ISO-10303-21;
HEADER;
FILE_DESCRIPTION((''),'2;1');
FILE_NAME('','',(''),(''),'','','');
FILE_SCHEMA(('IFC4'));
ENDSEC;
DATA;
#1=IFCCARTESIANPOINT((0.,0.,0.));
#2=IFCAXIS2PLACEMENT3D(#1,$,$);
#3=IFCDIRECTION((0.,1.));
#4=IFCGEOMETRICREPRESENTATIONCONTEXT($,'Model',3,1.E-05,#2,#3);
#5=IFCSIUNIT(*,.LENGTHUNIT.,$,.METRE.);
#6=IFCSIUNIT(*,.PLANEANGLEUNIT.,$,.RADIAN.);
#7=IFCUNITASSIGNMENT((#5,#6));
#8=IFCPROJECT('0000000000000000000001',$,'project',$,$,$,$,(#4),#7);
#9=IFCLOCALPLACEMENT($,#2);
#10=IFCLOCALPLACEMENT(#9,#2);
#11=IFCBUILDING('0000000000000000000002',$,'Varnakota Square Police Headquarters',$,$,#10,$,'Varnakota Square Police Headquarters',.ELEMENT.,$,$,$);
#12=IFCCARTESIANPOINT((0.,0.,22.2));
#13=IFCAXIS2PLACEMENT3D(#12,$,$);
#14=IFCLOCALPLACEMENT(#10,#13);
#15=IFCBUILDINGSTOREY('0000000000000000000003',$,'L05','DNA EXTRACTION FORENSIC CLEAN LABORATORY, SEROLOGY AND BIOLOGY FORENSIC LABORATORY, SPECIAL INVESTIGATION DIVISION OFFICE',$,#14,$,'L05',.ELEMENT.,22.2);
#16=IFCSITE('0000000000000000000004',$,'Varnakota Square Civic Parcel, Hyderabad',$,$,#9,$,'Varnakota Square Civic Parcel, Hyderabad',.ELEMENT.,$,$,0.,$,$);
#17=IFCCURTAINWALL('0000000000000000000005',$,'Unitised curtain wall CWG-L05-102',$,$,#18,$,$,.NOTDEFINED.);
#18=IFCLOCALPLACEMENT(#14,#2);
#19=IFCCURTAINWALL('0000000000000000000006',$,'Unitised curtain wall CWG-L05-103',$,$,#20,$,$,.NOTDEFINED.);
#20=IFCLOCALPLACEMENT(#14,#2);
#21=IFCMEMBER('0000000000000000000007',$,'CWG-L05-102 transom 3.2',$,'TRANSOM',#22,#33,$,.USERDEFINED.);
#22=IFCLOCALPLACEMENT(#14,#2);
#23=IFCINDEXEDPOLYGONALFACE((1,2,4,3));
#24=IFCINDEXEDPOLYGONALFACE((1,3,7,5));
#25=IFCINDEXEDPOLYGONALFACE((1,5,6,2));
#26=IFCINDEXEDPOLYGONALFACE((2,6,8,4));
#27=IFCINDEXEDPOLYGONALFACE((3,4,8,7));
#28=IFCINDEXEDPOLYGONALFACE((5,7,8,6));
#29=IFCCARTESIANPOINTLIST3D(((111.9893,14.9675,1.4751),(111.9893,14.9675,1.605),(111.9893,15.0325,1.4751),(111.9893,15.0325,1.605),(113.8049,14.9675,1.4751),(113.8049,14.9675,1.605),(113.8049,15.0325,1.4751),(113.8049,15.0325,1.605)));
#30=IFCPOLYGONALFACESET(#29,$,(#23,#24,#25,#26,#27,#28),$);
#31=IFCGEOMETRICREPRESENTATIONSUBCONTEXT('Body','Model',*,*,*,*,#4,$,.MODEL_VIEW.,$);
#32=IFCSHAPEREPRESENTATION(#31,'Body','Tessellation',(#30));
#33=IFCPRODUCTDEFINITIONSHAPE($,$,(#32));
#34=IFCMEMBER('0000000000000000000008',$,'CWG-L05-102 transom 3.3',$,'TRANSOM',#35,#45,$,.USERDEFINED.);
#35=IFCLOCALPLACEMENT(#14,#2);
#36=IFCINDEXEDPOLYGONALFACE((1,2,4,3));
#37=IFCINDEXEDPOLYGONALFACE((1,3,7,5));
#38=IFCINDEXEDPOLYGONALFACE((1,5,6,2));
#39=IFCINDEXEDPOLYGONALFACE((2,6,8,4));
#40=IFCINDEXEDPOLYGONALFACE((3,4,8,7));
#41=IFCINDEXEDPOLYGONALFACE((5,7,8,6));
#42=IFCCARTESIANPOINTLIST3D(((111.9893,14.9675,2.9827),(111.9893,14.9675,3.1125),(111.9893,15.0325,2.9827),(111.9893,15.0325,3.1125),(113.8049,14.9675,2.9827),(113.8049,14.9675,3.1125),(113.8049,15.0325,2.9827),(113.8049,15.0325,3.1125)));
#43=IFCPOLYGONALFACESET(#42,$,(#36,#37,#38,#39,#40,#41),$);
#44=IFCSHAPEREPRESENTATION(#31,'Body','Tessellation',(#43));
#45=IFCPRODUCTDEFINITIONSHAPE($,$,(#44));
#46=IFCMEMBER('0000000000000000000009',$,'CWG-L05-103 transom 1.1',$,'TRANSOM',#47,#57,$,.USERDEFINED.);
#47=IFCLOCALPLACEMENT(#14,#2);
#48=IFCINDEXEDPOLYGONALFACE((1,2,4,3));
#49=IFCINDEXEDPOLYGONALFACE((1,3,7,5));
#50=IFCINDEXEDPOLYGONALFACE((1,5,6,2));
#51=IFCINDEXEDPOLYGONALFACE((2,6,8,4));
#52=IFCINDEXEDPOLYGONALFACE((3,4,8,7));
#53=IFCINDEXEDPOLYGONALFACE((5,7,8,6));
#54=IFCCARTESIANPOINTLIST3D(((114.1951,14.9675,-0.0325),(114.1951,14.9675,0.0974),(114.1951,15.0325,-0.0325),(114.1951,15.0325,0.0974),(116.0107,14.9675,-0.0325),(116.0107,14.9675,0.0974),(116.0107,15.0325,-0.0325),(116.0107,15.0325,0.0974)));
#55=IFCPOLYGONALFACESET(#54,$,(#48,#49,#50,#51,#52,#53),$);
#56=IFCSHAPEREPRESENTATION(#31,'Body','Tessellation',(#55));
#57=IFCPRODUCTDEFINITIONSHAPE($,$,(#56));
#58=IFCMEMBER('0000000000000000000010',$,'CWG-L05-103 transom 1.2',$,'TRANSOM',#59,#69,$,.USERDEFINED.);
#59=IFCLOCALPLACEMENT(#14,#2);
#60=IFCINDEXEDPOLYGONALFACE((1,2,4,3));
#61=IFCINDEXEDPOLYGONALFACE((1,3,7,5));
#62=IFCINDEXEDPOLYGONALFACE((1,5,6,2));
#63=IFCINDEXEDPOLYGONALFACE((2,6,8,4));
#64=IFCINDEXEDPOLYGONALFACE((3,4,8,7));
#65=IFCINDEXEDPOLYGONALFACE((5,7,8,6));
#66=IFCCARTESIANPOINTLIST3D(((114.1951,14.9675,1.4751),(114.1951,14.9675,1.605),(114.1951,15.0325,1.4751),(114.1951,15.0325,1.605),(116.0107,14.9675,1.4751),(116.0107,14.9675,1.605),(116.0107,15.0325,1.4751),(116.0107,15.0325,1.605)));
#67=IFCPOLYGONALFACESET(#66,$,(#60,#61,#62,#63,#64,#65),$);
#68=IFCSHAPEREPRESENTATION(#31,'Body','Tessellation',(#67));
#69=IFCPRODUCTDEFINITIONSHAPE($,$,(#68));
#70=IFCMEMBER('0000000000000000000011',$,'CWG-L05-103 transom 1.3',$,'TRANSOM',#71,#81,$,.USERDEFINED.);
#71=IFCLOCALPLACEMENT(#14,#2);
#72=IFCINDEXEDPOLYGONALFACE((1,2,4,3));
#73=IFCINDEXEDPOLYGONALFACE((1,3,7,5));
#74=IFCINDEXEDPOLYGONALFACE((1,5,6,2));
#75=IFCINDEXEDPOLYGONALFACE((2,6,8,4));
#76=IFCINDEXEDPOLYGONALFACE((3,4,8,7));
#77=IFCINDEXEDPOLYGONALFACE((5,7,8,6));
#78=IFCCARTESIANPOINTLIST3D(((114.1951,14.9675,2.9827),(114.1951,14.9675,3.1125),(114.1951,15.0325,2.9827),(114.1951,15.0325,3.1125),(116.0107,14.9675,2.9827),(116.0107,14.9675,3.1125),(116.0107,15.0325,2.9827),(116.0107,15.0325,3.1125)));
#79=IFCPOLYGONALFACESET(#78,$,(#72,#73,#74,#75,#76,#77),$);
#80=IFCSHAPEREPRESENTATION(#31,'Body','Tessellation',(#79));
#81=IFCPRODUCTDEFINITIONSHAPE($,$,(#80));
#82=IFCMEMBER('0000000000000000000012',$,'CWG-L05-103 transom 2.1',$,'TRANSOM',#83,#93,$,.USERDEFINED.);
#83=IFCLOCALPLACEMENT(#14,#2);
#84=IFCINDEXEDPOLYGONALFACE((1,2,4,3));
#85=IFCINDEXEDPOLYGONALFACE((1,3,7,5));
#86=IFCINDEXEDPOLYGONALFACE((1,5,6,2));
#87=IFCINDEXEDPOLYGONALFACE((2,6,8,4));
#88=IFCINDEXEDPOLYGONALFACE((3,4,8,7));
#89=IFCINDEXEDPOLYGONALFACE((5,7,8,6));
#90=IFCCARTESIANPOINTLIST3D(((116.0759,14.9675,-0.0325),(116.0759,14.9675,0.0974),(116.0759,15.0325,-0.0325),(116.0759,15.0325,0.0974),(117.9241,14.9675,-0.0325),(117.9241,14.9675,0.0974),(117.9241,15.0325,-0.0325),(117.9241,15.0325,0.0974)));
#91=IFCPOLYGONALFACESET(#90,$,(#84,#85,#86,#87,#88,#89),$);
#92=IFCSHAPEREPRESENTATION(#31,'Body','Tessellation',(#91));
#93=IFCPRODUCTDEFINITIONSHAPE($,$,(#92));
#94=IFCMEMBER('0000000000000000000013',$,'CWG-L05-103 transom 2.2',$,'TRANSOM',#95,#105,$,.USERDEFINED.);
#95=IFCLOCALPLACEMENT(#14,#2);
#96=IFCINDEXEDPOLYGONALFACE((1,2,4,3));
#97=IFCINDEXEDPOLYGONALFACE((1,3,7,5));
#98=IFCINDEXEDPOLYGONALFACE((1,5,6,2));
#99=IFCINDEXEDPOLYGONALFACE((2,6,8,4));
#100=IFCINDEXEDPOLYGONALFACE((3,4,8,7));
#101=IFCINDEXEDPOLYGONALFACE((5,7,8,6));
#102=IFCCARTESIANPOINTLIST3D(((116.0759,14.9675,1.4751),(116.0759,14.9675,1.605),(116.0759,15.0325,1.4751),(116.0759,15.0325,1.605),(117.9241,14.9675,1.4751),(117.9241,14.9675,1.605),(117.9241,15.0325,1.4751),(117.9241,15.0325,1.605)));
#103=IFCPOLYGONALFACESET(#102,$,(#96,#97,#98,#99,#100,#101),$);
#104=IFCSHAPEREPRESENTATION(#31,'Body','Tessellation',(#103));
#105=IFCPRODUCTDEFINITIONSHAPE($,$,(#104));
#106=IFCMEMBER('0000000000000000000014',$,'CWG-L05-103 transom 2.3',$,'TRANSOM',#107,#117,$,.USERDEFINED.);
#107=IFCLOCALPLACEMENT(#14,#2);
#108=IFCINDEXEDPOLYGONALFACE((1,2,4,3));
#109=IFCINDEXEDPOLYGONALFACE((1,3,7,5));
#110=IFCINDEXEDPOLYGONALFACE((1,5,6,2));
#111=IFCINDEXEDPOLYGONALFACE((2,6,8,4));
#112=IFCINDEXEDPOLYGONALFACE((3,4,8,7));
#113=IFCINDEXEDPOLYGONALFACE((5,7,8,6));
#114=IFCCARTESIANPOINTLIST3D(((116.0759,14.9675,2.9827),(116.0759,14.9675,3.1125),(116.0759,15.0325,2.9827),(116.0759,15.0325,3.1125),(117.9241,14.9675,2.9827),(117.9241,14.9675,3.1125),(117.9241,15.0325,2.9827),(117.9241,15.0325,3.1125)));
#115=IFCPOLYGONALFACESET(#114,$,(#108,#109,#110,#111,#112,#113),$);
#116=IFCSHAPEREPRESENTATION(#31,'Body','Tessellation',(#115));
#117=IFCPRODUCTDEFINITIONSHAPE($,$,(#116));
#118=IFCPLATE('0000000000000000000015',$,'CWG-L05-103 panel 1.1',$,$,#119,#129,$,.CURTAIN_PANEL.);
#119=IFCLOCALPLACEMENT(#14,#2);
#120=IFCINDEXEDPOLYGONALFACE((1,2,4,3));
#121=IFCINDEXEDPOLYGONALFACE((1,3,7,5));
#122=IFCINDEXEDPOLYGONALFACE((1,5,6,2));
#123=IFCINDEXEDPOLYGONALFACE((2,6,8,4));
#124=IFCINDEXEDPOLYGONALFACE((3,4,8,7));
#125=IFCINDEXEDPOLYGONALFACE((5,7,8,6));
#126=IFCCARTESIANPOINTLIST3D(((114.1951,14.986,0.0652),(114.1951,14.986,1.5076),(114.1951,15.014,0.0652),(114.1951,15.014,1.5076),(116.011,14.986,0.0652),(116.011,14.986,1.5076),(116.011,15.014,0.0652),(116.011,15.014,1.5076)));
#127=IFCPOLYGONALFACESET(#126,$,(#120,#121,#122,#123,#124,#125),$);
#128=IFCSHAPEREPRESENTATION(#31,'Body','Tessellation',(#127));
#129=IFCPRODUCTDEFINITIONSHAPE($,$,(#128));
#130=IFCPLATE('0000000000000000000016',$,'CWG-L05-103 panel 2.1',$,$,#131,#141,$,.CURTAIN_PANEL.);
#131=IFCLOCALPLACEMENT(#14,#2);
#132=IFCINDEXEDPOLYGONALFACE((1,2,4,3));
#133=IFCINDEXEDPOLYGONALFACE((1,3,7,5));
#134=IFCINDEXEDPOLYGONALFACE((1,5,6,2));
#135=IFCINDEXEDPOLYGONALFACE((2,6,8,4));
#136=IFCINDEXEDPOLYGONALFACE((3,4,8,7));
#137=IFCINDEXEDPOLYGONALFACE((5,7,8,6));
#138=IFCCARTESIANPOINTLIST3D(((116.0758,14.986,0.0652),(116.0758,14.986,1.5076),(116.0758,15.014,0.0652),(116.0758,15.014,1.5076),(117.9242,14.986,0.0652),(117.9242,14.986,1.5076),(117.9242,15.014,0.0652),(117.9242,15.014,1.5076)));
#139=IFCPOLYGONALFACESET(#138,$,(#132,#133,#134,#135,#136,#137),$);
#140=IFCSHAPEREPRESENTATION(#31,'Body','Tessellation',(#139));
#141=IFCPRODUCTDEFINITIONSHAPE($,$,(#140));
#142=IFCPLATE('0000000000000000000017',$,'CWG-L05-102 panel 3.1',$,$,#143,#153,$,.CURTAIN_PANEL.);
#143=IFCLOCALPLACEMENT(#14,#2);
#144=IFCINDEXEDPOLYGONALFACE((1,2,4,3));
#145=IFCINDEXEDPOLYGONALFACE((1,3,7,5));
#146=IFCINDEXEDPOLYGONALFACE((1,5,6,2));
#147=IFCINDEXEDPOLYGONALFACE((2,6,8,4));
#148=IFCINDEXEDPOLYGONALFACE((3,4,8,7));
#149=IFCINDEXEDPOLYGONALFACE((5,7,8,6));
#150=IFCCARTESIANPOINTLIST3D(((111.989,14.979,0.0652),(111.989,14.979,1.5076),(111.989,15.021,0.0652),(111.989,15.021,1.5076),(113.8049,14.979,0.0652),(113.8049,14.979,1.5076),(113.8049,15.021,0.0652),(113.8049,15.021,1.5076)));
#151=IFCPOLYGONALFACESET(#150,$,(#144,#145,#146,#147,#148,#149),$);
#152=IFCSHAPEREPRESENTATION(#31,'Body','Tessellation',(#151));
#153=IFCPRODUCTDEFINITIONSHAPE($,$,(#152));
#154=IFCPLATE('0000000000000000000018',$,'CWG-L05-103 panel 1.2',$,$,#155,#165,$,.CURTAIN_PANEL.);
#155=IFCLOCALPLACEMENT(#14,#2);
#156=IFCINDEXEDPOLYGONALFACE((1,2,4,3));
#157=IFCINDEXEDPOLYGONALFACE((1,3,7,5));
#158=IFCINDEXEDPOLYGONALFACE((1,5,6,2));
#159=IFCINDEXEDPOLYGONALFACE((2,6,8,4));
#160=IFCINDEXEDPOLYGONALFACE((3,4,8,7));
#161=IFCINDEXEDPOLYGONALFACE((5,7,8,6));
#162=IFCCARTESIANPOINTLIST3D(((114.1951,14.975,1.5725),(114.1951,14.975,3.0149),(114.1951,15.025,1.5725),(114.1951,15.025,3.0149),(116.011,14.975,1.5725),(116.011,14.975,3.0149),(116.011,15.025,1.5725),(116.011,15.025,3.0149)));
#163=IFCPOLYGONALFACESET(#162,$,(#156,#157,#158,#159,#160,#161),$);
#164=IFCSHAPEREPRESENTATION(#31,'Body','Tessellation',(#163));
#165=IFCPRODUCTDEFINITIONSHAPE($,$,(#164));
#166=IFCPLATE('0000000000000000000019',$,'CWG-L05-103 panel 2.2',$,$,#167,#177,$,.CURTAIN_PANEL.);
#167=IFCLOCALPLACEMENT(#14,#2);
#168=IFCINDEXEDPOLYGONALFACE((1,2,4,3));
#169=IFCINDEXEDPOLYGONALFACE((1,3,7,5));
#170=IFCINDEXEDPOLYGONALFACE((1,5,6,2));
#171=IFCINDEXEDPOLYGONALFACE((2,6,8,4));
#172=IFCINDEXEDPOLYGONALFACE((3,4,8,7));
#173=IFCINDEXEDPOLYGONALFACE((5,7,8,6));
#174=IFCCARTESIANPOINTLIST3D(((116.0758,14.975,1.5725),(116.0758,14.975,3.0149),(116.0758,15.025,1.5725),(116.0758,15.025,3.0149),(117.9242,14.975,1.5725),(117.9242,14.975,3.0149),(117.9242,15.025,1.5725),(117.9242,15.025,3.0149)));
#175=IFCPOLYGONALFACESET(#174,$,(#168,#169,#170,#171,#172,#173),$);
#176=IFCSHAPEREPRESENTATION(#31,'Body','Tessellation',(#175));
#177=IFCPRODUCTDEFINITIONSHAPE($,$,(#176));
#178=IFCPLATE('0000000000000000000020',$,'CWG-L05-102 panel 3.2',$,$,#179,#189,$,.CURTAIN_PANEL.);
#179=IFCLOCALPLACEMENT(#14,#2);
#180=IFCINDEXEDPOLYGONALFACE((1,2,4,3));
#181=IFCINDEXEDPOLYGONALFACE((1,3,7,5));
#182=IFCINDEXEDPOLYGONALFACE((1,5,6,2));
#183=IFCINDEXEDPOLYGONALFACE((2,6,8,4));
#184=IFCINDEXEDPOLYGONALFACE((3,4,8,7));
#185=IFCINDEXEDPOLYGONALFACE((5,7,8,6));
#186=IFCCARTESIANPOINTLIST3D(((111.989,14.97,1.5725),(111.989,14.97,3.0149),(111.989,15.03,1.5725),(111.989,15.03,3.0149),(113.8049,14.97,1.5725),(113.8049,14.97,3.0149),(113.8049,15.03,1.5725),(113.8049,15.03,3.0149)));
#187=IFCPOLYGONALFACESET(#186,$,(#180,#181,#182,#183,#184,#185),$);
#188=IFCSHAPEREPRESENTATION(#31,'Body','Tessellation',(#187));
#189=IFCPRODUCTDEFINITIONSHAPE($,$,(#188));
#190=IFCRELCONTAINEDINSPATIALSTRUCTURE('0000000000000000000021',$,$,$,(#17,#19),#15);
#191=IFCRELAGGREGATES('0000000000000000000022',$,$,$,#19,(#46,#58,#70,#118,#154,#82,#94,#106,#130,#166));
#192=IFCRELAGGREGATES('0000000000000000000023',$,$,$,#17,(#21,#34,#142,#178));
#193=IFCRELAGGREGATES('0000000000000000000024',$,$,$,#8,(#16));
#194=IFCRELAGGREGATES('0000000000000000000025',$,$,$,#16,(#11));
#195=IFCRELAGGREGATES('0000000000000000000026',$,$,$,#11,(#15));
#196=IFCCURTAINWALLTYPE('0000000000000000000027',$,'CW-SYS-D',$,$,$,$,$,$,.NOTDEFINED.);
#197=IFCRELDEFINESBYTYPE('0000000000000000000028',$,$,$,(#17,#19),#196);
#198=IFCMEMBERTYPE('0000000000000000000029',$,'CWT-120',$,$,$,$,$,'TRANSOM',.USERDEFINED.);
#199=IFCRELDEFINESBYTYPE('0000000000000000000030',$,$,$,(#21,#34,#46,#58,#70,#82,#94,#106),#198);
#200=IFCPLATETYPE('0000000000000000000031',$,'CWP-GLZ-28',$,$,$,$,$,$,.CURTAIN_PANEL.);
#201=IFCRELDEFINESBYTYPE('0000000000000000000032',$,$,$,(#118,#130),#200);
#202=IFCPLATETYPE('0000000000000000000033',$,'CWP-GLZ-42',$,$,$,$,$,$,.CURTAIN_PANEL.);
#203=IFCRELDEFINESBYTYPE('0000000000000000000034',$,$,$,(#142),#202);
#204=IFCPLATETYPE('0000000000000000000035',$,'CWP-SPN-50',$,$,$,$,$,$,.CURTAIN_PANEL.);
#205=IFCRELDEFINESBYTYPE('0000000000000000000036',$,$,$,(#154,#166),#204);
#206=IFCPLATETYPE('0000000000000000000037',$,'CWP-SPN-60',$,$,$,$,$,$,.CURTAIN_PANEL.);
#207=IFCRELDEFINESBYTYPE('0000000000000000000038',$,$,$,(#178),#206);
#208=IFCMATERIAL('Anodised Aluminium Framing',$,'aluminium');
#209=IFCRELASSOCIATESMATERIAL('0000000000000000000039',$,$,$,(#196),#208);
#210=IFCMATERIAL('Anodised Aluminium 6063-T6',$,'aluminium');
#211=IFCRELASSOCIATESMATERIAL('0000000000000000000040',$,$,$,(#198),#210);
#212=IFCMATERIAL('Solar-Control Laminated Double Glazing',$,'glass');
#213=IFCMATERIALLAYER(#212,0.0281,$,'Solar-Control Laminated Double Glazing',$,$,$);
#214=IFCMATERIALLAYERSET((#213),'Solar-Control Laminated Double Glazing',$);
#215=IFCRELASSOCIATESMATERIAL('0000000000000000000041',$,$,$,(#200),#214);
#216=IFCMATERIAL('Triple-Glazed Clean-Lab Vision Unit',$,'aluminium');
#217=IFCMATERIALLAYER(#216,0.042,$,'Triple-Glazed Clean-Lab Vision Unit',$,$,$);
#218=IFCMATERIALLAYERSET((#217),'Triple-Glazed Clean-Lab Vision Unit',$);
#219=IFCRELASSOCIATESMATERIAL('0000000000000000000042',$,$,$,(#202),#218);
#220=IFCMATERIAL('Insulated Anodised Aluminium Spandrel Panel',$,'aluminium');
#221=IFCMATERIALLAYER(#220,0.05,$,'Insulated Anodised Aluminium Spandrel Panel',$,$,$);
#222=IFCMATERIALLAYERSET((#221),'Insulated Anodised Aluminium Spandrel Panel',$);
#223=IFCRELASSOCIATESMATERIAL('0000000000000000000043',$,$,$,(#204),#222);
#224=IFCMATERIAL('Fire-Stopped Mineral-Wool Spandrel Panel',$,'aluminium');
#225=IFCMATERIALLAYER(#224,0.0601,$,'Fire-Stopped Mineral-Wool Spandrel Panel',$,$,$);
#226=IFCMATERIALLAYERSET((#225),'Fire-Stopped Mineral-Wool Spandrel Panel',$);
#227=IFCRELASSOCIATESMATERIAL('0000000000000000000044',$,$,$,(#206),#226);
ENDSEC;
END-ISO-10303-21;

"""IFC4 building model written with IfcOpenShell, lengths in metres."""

from ifc_helpers import new_model, si_unit, direction, frame, origin, origin_2d, place, context, subcontext, project, spatial, rectangle, extrude, material, layer, layer_set, material_profile, profile_set, type_object, element, aggregate, save


model = new_model("IFC4")

# Units and contexts
model_context = context("Model", 3, precision=1e-05, world=origin(), true_north=direction((0.0, 1.0)))
body_context = subcontext(model_context, "Body", "Model", "MODEL_VIEW")
ifc_project = project(units=[si_unit("LENGTHUNIT", "METRE"), si_unit("PLANEANGLEUNIT", "RADIAN")], contexts=[model_context])

# Site, building, storey
site_placement = place(None, origin())
site = spatial("IfcSite", under=ifc_project, at=site_placement, Name="Varnakota Square Civic Parcel, Hyderabad", LongName="Varnakota Square Civic Parcel, Hyderabad", CompositionType="ELEMENT", RefElevation=0.0)
building_placement = place(site_placement, origin())
building = spatial("IfcBuilding", under=site, at=building_placement, Name="Varnakota Square Police Headquarters", LongName="Varnakota Square Police Headquarters", CompositionType="ELEMENT")
storey_placement = place(building_placement, frame((0.0, 0.0, 22.2)))
storey = spatial("IfcBuildingStorey", under=building, at=storey_placement, Name="L05", Description="DNA EXTRACTION FORENSIC CLEAN LABORATORY, SEROLOGY AND BIOLOGY FORENSIC LABORATORY, SPECIAL INVESTIGATION DIVISION OFFICE", LongName="L05", CompositionType="ELEMENT", Elevation=22.2)

# Curtain wall
ifc_material_1 = material(Name="Anodised Aluminium Framing", Category="aluminium")
curtain_wall_type = type_object("IfcCurtainWallType", Name="CW-SYS-D", PredefinedType="NOTDEFINED", material=ifc_material_1)
curtain_wall_1_placement = place(storey_placement, origin())
curtain_wall_1 = element("IfcCurtainWall", 1, at=curtain_wall_1_placement, inside=storey, type_object=curtain_wall_type, Name="Unitised curtain wall CWG-L05-102", PredefinedType="NOTDEFINED")
ifc_material_2 = material(Name="Anodised Aluminium 6063-T6", Category="aluminium")

# Curtain wall
curtain_wall_2_placement = place(storey_placement, origin())
curtain_wall_2 = element("IfcCurtainWall", 2, at=curtain_wall_2_placement, inside=storey, type_object=curtain_wall_type, Name="Unitised curtain wall CWG-L05-103", PredefinedType="NOTDEFINED")

# Members
ifc_material_profile_1 = material_profile(ifc_material_2, rectangle(XDim=0.0649, YDim=0.1299, at=origin_2d()), Name="ALU TRANSOM 65x130")
ifc_profile_set_1 = profile_set([ifc_material_profile_1], Name="Anodised Aluminium 6063-T6")
member_type_1 = type_object("IfcMemberType", Name="CWT-120", ElementType="TRANSOM", PredefinedType="USERDEFINED", material=ifc_profile_set_1)
member_1_placement = place(storey_placement, frame((111.9893, 15.0, 1.54), z_axis=(1.0, 0.0, 0.0), x_axis=(0.0, 1.0, 0.0)))
member_1 = element("IfcMember", 3, at=member_1_placement, type_object=member_type_1, Name="CWG-L05-102 transom 3.2", ObjectType="TRANSOM", PredefinedType="USERDEFINED", context=body_context, shape_type="SweptSolid", body=[
    extrude(rectangle(XDim=0.0649, YDim=0.1299, at=origin_2d()), origin(), (0.0, 0.0, 1.0), 1.8157),
])
member_2_placement = place(storey_placement, frame((111.9893, 15.0, 3.0476), z_axis=(1.0, 0.0, 0.0), x_axis=(0.0, 1.0, 0.0)))
member_2 = element("IfcMember", 4, at=member_2_placement, type_object=member_type_1, Name="CWG-L05-102 transom 3.3", ObjectType="TRANSOM", PredefinedType="USERDEFINED", context=body_context, shape_type="SweptSolid", body=[
    extrude(rectangle(XDim=0.0649, YDim=0.1299, at=origin_2d()), origin(), (0.0, 0.0, 1.0), 1.8157),
])
member_3_placement = place(storey_placement, frame((114.1951, 15.0, 0.0325), z_axis=(1.0, 0.0, 0.0), x_axis=(0.0, 1.0, 0.0)))
member_3 = element("IfcMember", 5, at=member_3_placement, type_object=member_type_1, Name="CWG-L05-103 transom 1.1", ObjectType="TRANSOM", PredefinedType="USERDEFINED", context=body_context, shape_type="SweptSolid", body=[
    extrude(rectangle(XDim=0.0649, YDim=0.1299, at=origin_2d()), origin(), (0.0, 0.0, 1.0), 1.8157),
])
member_4_placement = place(storey_placement, frame((114.1951, 15.0, 1.54), z_axis=(1.0, 0.0, 0.0), x_axis=(0.0, 1.0, 0.0)))
member_4 = element("IfcMember", 6, at=member_4_placement, type_object=member_type_1, Name="CWG-L05-103 transom 1.2", ObjectType="TRANSOM", PredefinedType="USERDEFINED", context=body_context, shape_type="SweptSolid", body=[
    extrude(rectangle(XDim=0.0649, YDim=0.1299, at=origin_2d()), origin(), (0.0, 0.0, 1.0), 1.8157),
])
member_5_placement = place(storey_placement, frame((114.1951, 15.0, 3.0476), z_axis=(1.0, 0.0, 0.0), x_axis=(0.0, 1.0, 0.0)))
member_5 = element("IfcMember", 7, at=member_5_placement, type_object=member_type_1, Name="CWG-L05-103 transom 1.3", ObjectType="TRANSOM", PredefinedType="USERDEFINED", context=body_context, shape_type="SweptSolid", body=[
    extrude(rectangle(XDim=0.0649, YDim=0.1299, at=origin_2d()), origin(), (0.0, 0.0, 1.0), 1.8157),
])
member_6_placement = place(storey_placement, frame((116.0759, 15.0, 0.0325), z_axis=(1.0, 0.0, 0.0), x_axis=(0.0, 1.0, 0.0)))
member_6 = element("IfcMember", 8, at=member_6_placement, type_object=member_type_1, Name="CWG-L05-103 transom 2.1", ObjectType="TRANSOM", PredefinedType="USERDEFINED", context=body_context, shape_type="SweptSolid", body=[
    extrude(rectangle(XDim=0.0649, YDim=0.1299, at=origin_2d()), origin(), (0.0, 0.0, 1.0), 1.8481),
])
member_7_placement = place(storey_placement, frame((116.0759, 15.0, 1.54), z_axis=(1.0, 0.0, 0.0), x_axis=(0.0, 1.0, 0.0)))
member_7 = element("IfcMember", 9, at=member_7_placement, type_object=member_type_1, Name="CWG-L05-103 transom 2.2", ObjectType="TRANSOM", PredefinedType="USERDEFINED", context=body_context, shape_type="SweptSolid", body=[
    extrude(rectangle(XDim=0.0649, YDim=0.1299, at=origin_2d()), origin(), (0.0, 0.0, 1.0), 1.8481),
])
member_8_placement = place(storey_placement, frame((116.0759, 15.0, 3.0476), z_axis=(1.0, 0.0, 0.0), x_axis=(0.0, 1.0, 0.0)))
member_8 = element("IfcMember", 10, at=member_8_placement, type_object=member_type_1, Name="CWG-L05-103 transom 2.3", ObjectType="TRANSOM", PredefinedType="USERDEFINED", context=body_context, shape_type="SweptSolid", body=[
    extrude(rectangle(XDim=0.0649, YDim=0.1299, at=origin_2d()), origin(), (0.0, 0.0, 1.0), 1.8481),
])

# Plates
ifc_material_3 = material(Name="Solar-Control Laminated Double Glazing", Category="glass")
ifc_layer_1 = layer(ifc_material_3, 0.0281, Name="Solar-Control Laminated Double Glazing")
ifc_layer_set_1 = layer_set([ifc_layer_1], Name="Solar-Control Laminated Double Glazing")
plate_type_1 = type_object("IfcPlateType", Name="CWP-GLZ-28", PredefinedType="CURTAIN_PANEL", material=ifc_layer_set_1)
plate_1_placement = place(storey_placement, frame((115.103, 15.0, 0.0652), z_axis=(0.0, 0.0, 1.0), x_axis=(1.0, 0.0, 0.0)))
plate_1 = element("IfcPlate", 11, at=plate_1_placement, type_object=plate_type_1, Name="CWG-L05-103 panel 1.1", PredefinedType="CURTAIN_PANEL", context=body_context, shape_type="SweptSolid", body=[
    extrude(rectangle(XDim=1.8159, YDim=0.0281, at=origin_2d()), origin(), (0.0, 0.0, 1.0), 1.4424),
])
plate_2_placement = place(storey_placement, frame((117.0, 15.0, 0.0652), z_axis=(0.0, 0.0, 1.0), x_axis=(1.0, 0.0, 0.0)))
plate_2 = element("IfcPlate", 12, at=plate_2_placement, type_object=plate_type_1, Name="CWG-L05-103 panel 2.1", PredefinedType="CURTAIN_PANEL", context=body_context, shape_type="SweptSolid", body=[
    extrude(rectangle(XDim=1.8484, YDim=0.0281, at=origin_2d()), origin(), (0.0, 0.0, 1.0), 1.4424),
])
ifc_material_4 = material(Name="Triple-Glazed Clean-Lab Vision Unit", Category="aluminium")
ifc_layer_2 = layer(ifc_material_4, 0.042, Name="Triple-Glazed Clean-Lab Vision Unit")
ifc_layer_set_2 = layer_set([ifc_layer_2], Name="Triple-Glazed Clean-Lab Vision Unit")
plate_type_2 = type_object("IfcPlateType", Name="CWP-GLZ-42", PredefinedType="CURTAIN_PANEL", material=ifc_layer_set_2)
plate_3_placement = place(storey_placement, frame((112.897, 15.0, 0.0652), z_axis=(0.0, 0.0, 1.0), x_axis=(1.0, 0.0, 0.0)))
plate_3 = element("IfcPlate", 13, at=plate_3_placement, type_object=plate_type_2, Name="CWG-L05-102 panel 3.1", PredefinedType="CURTAIN_PANEL", context=body_context, shape_type="SweptSolid", body=[
    extrude(rectangle(XDim=1.8159, YDim=0.042, at=origin_2d()), origin(), (0.0, 0.0, 1.0), 1.4424),
])
ifc_material_5 = material(Name="Insulated Anodised Aluminium Spandrel Panel", Category="aluminium")
ifc_layer_3 = layer(ifc_material_5, 0.05, Name="Insulated Anodised Aluminium Spandrel Panel")
ifc_layer_set_3 = layer_set([ifc_layer_3], Name="Insulated Anodised Aluminium Spandrel Panel")
plate_type_3 = type_object("IfcPlateType", Name="CWP-SPN-50", PredefinedType="CURTAIN_PANEL", material=ifc_layer_set_3)
plate_4_placement = place(storey_placement, frame((115.103, 15.0, 1.5725), z_axis=(0.0, 0.0, 1.0), x_axis=(1.0, 0.0, 0.0)))
plate_4 = element("IfcPlate", 14, at=plate_4_placement, type_object=plate_type_3, Name="CWG-L05-103 panel 1.2", PredefinedType="CURTAIN_PANEL", context=body_context, shape_type="SweptSolid", body=[
    extrude(rectangle(XDim=1.8159, YDim=0.05, at=origin_2d()), origin(), (0.0, 0.0, 1.0), 1.4424),
])
plate_5_placement = place(storey_placement, frame((117.0, 15.0, 1.5725), z_axis=(0.0, 0.0, 1.0), x_axis=(1.0, 0.0, 0.0)))
plate_5 = element("IfcPlate", 15, at=plate_5_placement, type_object=plate_type_3, Name="CWG-L05-103 panel 2.2", PredefinedType="CURTAIN_PANEL", context=body_context, shape_type="SweptSolid", body=[
    extrude(rectangle(XDim=1.8484, YDim=0.05, at=origin_2d()), origin(), (0.0, 0.0, 1.0), 1.4424),
])
aggregate(curtain_wall_2, [member_3, member_4, member_5, plate_1, plate_4, member_6, member_7, member_8, plate_2, plate_5])
ifc_material_6 = material(Name="Fire-Stopped Mineral-Wool Spandrel Panel", Category="aluminium")
ifc_layer_4 = layer(ifc_material_6, 0.0601, Name="Fire-Stopped Mineral-Wool Spandrel Panel")
ifc_layer_set_4 = layer_set([ifc_layer_4], Name="Fire-Stopped Mineral-Wool Spandrel Panel")
plate_type_4 = type_object("IfcPlateType", Name="CWP-SPN-60", PredefinedType="CURTAIN_PANEL", material=ifc_layer_set_4)
plate_6_placement = place(storey_placement, frame((112.897, 15.0, 1.5725), z_axis=(0.0, 0.0, 1.0), x_axis=(1.0, 0.0, 0.0)))
plate_6 = element("IfcPlate", 16, at=plate_6_placement, type_object=plate_type_4, Name="CWG-L05-102 panel 3.2", PredefinedType="CURTAIN_PANEL", context=body_context, shape_type="SweptSolid", body=[
    extrude(rectangle(XDim=1.8159, YDim=0.0601, at=origin_2d()), origin(), (0.0, 0.0, 1.0), 1.4424),
])
aggregate(curtain_wall_1, [member_1, member_2, plate_3, plate_6])

save(model, "model.ifc")
